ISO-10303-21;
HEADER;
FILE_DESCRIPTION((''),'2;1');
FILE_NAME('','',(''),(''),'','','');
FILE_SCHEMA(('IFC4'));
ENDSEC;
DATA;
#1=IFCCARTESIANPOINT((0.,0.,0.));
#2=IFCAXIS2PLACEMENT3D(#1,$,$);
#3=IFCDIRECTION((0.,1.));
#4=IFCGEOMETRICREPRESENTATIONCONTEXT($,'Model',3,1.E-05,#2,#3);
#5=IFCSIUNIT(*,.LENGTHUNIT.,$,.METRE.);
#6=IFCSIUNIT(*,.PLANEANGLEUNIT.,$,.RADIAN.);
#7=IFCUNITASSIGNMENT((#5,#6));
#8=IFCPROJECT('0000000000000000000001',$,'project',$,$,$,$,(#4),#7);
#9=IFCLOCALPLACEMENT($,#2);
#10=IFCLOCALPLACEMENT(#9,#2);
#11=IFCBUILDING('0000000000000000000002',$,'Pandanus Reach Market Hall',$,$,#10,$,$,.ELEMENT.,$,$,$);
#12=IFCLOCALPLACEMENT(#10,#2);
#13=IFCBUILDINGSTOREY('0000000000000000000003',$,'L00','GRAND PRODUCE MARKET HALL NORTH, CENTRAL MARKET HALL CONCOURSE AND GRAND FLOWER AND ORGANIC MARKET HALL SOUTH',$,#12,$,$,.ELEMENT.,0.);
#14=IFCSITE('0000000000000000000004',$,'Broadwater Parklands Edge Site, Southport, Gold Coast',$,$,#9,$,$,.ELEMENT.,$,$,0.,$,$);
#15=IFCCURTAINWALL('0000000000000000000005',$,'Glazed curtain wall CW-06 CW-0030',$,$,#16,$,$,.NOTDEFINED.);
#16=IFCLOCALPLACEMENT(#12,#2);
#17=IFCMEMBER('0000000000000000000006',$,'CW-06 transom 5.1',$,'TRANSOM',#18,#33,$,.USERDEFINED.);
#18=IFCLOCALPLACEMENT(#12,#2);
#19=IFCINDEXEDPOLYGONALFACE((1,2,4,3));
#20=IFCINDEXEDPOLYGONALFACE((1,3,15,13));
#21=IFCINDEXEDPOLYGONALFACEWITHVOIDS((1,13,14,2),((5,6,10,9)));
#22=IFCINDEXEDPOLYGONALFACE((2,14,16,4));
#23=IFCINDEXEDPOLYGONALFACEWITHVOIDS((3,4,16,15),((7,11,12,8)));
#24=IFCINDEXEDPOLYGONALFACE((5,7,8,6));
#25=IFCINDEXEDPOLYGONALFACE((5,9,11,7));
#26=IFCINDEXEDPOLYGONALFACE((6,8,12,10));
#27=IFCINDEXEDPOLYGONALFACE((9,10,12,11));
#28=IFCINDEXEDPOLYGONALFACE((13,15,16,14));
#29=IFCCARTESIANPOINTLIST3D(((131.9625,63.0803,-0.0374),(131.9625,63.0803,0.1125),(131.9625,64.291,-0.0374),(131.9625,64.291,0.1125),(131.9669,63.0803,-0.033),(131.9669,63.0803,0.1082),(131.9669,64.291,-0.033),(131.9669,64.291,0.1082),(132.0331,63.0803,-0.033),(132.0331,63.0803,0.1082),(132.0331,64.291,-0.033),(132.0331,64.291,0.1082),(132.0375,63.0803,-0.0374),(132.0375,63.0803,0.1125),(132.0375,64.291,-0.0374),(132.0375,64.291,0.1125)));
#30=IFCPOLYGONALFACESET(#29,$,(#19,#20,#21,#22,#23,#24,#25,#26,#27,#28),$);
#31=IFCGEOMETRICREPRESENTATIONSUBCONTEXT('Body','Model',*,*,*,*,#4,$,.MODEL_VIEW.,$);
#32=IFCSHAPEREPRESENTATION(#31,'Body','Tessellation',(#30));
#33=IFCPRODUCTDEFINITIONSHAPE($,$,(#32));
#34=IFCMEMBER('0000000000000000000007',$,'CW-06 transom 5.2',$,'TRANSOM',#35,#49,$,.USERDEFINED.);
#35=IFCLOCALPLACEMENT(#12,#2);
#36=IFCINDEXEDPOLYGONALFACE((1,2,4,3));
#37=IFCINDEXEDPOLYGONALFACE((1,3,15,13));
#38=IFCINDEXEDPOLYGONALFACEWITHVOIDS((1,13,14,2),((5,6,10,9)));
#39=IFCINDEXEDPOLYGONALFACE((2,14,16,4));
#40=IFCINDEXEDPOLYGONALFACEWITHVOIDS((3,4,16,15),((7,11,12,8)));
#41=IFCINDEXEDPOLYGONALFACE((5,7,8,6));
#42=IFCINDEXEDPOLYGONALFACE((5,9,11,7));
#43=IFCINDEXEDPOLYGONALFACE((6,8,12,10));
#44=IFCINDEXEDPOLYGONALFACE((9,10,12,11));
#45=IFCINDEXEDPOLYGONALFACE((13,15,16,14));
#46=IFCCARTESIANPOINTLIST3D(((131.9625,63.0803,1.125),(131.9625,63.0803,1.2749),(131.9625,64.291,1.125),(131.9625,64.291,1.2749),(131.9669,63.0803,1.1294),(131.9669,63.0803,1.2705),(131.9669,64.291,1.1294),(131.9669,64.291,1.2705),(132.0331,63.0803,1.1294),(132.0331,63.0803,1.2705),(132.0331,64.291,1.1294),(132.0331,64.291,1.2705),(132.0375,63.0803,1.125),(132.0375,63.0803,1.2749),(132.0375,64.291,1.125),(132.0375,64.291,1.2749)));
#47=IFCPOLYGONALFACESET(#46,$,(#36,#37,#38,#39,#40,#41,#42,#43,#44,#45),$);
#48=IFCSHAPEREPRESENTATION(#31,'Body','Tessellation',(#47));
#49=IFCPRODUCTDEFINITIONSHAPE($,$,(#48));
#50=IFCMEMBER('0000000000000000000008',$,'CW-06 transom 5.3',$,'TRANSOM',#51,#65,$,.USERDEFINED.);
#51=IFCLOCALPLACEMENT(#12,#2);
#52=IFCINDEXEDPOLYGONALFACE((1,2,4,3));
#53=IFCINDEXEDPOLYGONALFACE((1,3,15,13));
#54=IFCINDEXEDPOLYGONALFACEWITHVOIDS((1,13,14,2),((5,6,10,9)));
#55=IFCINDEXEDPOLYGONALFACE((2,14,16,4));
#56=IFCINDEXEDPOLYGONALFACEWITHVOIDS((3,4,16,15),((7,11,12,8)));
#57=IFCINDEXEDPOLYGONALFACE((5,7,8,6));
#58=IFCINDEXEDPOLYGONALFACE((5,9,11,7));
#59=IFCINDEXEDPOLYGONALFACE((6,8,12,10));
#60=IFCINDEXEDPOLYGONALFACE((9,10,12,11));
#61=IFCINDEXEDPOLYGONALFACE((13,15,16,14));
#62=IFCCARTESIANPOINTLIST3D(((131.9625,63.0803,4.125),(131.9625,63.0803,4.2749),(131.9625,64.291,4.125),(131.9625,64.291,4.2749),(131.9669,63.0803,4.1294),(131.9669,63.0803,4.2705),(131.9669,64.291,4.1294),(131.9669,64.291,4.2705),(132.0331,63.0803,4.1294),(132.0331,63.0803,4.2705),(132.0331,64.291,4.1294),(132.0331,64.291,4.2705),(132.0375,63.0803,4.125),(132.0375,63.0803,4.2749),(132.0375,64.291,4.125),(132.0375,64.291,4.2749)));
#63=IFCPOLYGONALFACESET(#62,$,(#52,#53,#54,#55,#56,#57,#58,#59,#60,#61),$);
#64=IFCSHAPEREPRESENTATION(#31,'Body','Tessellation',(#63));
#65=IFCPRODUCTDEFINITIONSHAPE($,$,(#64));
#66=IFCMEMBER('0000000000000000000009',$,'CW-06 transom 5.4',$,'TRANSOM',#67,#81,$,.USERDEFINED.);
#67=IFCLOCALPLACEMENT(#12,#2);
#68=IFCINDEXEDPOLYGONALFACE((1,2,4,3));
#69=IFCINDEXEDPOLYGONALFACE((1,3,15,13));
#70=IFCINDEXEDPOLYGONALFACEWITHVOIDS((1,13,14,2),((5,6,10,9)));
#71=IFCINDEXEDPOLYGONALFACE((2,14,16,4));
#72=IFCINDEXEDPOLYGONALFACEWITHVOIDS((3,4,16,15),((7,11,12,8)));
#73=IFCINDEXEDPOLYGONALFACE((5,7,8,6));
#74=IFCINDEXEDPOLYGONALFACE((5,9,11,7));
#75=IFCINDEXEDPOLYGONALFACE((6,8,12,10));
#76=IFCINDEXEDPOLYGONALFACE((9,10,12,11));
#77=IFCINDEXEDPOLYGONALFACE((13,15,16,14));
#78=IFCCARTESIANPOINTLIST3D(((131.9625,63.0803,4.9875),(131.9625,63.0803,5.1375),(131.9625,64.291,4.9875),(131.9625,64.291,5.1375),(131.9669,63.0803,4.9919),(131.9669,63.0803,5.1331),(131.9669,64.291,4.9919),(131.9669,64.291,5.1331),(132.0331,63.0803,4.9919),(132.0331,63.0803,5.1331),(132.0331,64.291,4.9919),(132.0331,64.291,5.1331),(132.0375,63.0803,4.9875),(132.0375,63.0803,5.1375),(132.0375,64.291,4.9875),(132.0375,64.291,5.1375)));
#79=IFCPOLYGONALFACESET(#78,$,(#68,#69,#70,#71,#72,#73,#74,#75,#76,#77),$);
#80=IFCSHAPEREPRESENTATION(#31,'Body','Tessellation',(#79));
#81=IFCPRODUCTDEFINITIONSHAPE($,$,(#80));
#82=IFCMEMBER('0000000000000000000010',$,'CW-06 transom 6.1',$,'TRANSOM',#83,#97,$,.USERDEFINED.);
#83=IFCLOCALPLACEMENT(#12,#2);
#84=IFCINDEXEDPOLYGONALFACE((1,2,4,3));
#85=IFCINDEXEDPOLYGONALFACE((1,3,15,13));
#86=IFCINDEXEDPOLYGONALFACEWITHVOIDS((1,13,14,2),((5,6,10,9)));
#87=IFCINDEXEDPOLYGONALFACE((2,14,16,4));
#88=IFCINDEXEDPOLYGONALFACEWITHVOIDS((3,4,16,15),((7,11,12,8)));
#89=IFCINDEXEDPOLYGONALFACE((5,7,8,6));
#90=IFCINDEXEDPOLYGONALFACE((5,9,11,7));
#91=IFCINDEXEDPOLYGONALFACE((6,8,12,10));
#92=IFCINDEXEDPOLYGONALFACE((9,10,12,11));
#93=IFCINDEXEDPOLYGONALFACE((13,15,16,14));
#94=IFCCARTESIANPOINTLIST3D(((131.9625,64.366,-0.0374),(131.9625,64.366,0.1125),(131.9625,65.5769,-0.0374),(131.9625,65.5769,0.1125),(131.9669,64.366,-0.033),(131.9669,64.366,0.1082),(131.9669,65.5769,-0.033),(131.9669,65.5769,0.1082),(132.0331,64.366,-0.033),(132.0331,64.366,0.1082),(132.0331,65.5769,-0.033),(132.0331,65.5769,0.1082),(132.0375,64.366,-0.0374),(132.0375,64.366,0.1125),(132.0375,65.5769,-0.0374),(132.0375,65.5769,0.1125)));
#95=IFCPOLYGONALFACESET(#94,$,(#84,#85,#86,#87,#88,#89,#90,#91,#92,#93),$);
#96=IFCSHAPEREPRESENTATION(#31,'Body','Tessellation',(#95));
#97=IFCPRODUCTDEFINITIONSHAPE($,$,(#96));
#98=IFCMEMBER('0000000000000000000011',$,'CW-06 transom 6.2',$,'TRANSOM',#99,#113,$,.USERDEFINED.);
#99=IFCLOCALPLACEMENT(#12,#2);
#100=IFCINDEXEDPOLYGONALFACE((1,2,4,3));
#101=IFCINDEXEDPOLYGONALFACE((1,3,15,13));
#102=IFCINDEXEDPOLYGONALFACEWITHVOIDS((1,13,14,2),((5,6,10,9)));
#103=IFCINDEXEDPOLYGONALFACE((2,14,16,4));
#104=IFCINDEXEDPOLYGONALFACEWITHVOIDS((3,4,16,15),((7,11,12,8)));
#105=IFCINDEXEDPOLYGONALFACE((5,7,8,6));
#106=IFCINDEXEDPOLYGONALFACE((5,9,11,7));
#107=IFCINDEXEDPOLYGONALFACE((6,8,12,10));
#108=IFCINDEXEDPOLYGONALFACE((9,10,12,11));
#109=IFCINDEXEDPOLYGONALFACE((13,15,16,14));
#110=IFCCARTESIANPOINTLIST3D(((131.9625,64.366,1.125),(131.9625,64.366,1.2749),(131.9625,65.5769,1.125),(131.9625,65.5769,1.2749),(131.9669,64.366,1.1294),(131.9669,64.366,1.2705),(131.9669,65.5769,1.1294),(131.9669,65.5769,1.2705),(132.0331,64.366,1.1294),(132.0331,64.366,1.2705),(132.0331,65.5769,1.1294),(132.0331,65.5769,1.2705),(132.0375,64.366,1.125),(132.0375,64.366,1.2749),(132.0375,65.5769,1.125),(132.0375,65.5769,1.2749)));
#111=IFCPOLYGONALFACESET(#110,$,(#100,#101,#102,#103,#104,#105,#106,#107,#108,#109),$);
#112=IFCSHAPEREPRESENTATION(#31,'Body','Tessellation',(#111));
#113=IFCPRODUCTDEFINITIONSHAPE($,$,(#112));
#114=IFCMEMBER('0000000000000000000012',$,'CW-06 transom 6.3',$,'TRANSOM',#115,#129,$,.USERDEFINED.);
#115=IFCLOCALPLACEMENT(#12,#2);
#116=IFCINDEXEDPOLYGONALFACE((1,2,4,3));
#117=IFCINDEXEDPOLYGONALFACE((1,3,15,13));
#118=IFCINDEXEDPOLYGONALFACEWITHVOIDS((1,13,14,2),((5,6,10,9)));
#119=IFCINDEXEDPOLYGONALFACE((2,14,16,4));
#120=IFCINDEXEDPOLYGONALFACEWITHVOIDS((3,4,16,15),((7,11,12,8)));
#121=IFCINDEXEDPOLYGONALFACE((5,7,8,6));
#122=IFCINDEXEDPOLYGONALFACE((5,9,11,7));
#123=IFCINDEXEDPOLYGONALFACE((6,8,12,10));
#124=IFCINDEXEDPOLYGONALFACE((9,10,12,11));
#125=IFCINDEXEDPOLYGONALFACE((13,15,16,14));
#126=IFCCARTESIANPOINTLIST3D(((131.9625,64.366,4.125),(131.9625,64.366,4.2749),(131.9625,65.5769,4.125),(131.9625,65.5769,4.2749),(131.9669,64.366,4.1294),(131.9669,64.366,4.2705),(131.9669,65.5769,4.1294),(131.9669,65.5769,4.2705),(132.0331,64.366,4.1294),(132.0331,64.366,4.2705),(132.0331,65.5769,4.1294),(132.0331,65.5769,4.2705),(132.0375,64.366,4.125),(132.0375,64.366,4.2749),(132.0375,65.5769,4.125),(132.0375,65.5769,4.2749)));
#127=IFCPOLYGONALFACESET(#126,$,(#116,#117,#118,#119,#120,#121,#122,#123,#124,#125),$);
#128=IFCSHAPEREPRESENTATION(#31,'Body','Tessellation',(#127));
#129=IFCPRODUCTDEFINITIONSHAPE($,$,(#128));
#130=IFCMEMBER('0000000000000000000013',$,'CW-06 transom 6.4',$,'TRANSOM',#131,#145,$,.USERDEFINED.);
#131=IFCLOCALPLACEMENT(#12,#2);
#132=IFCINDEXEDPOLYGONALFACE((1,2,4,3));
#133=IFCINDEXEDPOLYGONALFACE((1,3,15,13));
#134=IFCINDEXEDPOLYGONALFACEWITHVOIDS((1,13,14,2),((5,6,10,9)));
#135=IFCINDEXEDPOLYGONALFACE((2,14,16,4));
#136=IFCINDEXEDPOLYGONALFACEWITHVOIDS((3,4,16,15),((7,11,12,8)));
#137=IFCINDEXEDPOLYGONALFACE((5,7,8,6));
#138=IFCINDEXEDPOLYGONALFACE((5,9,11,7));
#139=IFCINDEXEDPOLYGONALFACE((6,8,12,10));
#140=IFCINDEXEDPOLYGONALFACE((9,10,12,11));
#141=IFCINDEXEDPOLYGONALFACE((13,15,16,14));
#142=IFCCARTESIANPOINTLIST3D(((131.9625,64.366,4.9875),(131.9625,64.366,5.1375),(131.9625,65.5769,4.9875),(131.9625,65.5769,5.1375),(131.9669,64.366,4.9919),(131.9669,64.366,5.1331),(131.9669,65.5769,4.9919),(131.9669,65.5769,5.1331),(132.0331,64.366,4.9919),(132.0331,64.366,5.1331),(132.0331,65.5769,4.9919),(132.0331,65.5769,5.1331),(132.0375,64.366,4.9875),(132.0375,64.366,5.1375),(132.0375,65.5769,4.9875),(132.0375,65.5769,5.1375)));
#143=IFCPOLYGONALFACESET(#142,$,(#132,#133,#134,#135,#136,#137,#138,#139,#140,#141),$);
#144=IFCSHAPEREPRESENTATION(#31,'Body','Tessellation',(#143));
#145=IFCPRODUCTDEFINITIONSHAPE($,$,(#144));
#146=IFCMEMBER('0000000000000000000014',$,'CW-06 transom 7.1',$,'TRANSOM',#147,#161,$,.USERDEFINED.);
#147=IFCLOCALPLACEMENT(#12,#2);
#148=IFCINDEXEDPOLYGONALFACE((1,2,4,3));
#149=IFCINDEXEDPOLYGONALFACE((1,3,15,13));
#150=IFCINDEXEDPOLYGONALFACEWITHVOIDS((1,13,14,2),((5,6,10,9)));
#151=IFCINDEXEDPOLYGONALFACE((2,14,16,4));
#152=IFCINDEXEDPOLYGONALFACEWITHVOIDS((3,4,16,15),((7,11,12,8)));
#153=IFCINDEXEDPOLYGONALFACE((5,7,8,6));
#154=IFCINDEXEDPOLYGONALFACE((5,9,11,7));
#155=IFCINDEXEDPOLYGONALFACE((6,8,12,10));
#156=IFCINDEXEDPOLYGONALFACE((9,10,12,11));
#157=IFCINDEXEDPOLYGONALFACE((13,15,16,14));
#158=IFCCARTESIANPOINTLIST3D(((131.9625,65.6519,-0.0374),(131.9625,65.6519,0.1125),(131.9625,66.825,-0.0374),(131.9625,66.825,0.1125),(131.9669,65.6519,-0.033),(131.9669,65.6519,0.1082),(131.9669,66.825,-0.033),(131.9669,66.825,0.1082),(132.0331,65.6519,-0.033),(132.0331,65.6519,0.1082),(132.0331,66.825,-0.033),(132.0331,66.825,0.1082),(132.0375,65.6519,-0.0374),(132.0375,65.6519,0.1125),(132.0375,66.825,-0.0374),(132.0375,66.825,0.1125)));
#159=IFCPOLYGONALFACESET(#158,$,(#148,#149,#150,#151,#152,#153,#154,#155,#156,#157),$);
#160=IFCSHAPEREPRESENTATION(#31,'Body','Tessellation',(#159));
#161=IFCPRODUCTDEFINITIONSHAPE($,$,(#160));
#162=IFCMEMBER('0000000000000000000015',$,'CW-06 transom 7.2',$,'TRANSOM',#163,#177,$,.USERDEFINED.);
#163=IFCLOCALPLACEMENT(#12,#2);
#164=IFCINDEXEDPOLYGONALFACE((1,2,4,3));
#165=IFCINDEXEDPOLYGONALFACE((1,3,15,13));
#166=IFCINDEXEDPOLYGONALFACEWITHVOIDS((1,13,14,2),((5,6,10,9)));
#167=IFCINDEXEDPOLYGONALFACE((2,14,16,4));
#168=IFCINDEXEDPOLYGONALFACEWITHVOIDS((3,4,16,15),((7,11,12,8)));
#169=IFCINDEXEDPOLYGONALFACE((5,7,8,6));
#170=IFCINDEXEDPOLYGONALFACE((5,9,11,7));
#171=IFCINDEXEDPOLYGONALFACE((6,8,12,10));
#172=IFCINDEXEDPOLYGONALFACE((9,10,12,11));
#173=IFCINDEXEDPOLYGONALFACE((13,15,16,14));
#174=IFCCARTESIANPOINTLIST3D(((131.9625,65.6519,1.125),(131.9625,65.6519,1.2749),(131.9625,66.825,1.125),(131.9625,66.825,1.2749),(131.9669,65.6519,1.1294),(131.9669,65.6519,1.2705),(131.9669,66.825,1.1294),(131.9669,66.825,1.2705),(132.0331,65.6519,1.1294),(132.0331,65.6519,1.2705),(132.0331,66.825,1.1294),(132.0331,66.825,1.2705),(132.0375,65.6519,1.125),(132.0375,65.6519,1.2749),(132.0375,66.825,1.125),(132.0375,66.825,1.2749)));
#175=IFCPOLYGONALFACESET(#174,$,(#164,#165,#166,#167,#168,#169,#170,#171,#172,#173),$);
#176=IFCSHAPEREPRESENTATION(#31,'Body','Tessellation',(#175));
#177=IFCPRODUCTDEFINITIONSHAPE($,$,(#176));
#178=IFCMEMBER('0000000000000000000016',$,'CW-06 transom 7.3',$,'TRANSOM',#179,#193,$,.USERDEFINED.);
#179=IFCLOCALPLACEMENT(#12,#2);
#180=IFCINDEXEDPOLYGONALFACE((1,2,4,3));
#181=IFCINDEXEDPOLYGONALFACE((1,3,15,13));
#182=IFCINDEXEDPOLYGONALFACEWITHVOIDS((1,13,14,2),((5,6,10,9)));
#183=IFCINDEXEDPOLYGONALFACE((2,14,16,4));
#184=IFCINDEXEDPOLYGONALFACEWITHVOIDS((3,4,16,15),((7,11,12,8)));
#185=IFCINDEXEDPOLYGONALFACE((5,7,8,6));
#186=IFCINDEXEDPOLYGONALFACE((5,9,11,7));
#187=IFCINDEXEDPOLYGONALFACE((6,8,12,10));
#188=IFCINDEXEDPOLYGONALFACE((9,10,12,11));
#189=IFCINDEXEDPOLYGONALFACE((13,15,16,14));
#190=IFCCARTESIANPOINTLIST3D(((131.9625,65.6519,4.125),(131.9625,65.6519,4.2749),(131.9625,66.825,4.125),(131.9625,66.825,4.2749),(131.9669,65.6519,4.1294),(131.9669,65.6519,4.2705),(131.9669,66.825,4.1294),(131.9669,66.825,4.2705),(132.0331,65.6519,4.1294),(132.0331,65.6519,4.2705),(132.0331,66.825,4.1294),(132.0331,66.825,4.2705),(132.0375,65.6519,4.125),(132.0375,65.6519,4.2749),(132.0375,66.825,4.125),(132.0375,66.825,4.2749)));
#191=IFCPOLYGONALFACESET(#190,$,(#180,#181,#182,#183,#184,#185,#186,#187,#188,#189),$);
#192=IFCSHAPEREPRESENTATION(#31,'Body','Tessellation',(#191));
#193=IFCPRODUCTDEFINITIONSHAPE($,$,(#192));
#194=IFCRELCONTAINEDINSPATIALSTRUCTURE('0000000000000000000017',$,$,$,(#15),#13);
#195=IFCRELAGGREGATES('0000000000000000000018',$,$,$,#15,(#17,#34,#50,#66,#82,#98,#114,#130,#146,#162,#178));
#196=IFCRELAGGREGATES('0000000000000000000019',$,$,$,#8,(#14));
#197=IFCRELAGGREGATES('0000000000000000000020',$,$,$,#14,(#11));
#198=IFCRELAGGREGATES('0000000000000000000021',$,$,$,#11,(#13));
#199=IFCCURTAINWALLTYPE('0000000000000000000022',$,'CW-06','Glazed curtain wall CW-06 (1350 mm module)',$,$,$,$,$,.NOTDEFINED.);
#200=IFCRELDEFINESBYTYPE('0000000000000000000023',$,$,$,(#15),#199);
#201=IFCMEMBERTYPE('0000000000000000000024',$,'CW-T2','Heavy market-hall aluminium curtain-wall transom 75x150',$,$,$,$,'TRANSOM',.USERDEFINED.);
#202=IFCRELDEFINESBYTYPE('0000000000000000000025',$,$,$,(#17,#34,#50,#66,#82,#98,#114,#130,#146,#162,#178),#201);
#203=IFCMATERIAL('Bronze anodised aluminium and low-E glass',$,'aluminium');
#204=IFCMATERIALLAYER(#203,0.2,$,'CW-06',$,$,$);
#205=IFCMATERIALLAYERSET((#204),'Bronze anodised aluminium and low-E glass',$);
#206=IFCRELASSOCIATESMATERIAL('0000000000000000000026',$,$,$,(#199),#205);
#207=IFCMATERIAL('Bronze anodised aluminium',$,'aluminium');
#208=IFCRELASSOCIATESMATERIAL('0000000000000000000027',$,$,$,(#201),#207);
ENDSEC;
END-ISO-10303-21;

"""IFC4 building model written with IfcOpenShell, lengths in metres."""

from ifc_helpers import new_model, si_unit, direction, frame, origin, origin_2d, place, context, subcontext, project, spatial, hollow_rectangle, extrude, material, layer, layer_set, material_profile, profile_set, type_object, element, aggregate, save


model = new_model("IFC4")

# Units and contexts
model_context = context("Model", 3, precision=1e-05, world=origin(), true_north=direction((0.0, 1.0)))
body_context = subcontext(model_context, "Body", "Model", "MODEL_VIEW")
ifc_project = project(units=[si_unit("LENGTHUNIT", "METRE"), si_unit("PLANEANGLEUNIT", "RADIAN")], contexts=[model_context])

# Site, building, storey
site_placement = place(None, origin())
site = spatial("IfcSite", under=ifc_project, at=site_placement, Name="Broadwater Parklands Edge Site, Southport, Gold Coast", CompositionType="ELEMENT", RefElevation=0.0)
building_placement = place(site_placement, origin())
building = spatial("IfcBuilding", under=site, at=building_placement, Name="Pandanus Reach Market Hall", CompositionType="ELEMENT")
storey_placement = place(building_placement, origin())
storey = spatial("IfcBuildingStorey", under=building, at=storey_placement, Name="L00", Description="GRAND PRODUCE MARKET HALL NORTH, CENTRAL MARKET HALL CONCOURSE AND GRAND FLOWER AND ORGANIC MARKET HALL SOUTH", CompositionType="ELEMENT", Elevation=0.0)

# Curtain wall, members
ifc_material_1 = material(Name="Bronze anodised aluminium and low-E glass", Category="aluminium")
ifc_layer_1 = layer(ifc_material_1, 0.2, Name="CW-06")
ifc_layer_set_1 = layer_set([ifc_layer_1], Name="Bronze anodised aluminium and low-E glass")
curtain_wall_type = type_object("IfcCurtainWallType", Name="CW-06", Description="Glazed curtain wall CW-06 (1350 mm module)", PredefinedType="NOTDEFINED", material=ifc_layer_set_1)
curtain_wall_placement = place(storey_placement, origin())
curtain_wall = element("IfcCurtainWall", 1, at=curtain_wall_placement, inside=storey, type_object=curtain_wall_type, Name="Glazed curtain wall CW-06 CW-0030", PredefinedType="NOTDEFINED")
ifc_material_2 = material(Name="Bronze anodised aluminium", Category="aluminium")
ifc_material_profile_1 = material_profile(ifc_material_2, hollow_rectangle(XDim=0.075, YDim=0.1499, WallThickness=0.0044, at=origin_2d()), Name="ALU75x150", Category="LoadBearing")
ifc_profile_set_1 = profile_set([ifc_material_profile_1], Name="Bronze anodised aluminium")
member_type_1 = type_object("IfcMemberType", Name="CW-T2", Description="Heavy market-hall aluminium curtain-wall transom 75x150", ElementType="TRANSOM", PredefinedType="USERDEFINED", material=ifc_profile_set_1)
member_1_placement = place(storey_placement, frame((132.0, 63.0803, 0.0376), z_axis=(0.0, 1.0, 0.0), x_axis=(-1.0, 0.0, 0.0)))
member_1 = element("IfcMember", 2, at=member_1_placement, type_object=member_type_1, Name="CW-06 transom 5.1", ObjectType="TRANSOM", PredefinedType="USERDEFINED", context=body_context, shape_type="SweptSolid", body=[
    extrude(hollow_rectangle(XDim=0.075, YDim=0.1499, WallThickness=0.0044, at=origin_2d()), origin(), (0.0, 0.0, 1.0), 1.2107),
])
member_2_placement = place(storey_placement, frame((132.0, 63.0803, 1.2), z_axis=(0.0, 1.0, 0.0), x_axis=(-1.0, 0.0, 0.0)))
member_2 = element("IfcMember", 3, at=member_2_placement, type_object=member_type_1, Name="CW-06 transom 5.2", ObjectType="TRANSOM", PredefinedType="USERDEFINED", context=body_context, shape_type="SweptSolid", body=[
    extrude(hollow_rectangle(XDim=0.075, YDim=0.1499, WallThickness=0.0044, at=origin_2d()), origin(), (0.0, 0.0, 1.0), 1.2107),
])
member_3_placement = place(storey_placement, frame((132.0, 63.0803, 4.2), z_axis=(0.0, 1.0, 0.0), x_axis=(-1.0, 0.0, 0.0)))
member_3 = element("IfcMember", 4, at=member_3_placement, type_object=member_type_1, Name="CW-06 transom 5.3", ObjectType="TRANSOM", PredefinedType="USERDEFINED", context=body_context, shape_type="SweptSolid", body=[
    extrude(hollow_rectangle(XDim=0.075, YDim=0.1499, WallThickness=0.0044, at=origin_2d()), origin(), (0.0, 0.0, 1.0), 1.2107),
])
member_4_placement = place(storey_placement, frame((132.0, 63.0803, 5.0625), z_axis=(0.0, 1.0, 0.0), x_axis=(-1.0, 0.0, 0.0)))
member_4 = element("IfcMember", 5, at=member_4_placement, type_object=member_type_1, Name="CW-06 transom 5.4", ObjectType="TRANSOM", PredefinedType="USERDEFINED", context=body_context, shape_type="SweptSolid", body=[
    extrude(hollow_rectangle(XDim=0.075, YDim=0.1499, WallThickness=0.0044, at=origin_2d()), origin(), (0.0, 0.0, 1.0), 1.2107),
])
member_5_placement = place(storey_placement, frame((132.0, 64.366, 0.0376), z_axis=(0.0, 1.0, 0.0), x_axis=(-1.0, 0.0, 0.0)))
member_5 = element("IfcMember", 6, at=member_5_placement, type_object=member_type_1, Name="CW-06 transom 6.1", ObjectType="TRANSOM", PredefinedType="USERDEFINED", context=body_context, shape_type="SweptSolid", body=[
    extrude(hollow_rectangle(XDim=0.075, YDim=0.1499, WallThickness=0.0044, at=origin_2d()), origin(), (0.0, 0.0, 1.0), 1.2109),
])
member_6_placement = place(storey_placement, frame((132.0, 64.366, 1.2), z_axis=(0.0, 1.0, 0.0), x_axis=(-1.0, 0.0, 0.0)))
member_6 = element("IfcMember", 7, at=member_6_placement, type_object=member_type_1, Name="CW-06 transom 6.2", ObjectType="TRANSOM", PredefinedType="USERDEFINED", context=body_context, shape_type="SweptSolid", body=[
    extrude(hollow_rectangle(XDim=0.075, YDim=0.1499, WallThickness=0.0044, at=origin_2d()), origin(), (0.0, 0.0, 1.0), 1.2109),
])
member_7_placement = place(storey_placement, frame((132.0, 64.366, 4.2), z_axis=(0.0, 1.0, 0.0), x_axis=(-1.0, 0.0, 0.0)))
member_7 = element("IfcMember", 8, at=member_7_placement, type_object=member_type_1, Name="CW-06 transom 6.3", ObjectType="TRANSOM", PredefinedType="USERDEFINED", context=body_context, shape_type="SweptSolid", body=[
    extrude(hollow_rectangle(XDim=0.075, YDim=0.1499, WallThickness=0.0044, at=origin_2d()), origin(), (0.0, 0.0, 1.0), 1.2109),
])
member_8_placement = place(storey_placement, frame((132.0, 64.366, 5.0625), z_axis=(0.0, 1.0, 0.0), x_axis=(-1.0, 0.0, 0.0)))
member_8 = element("IfcMember", 9, at=member_8_placement, type_object=member_type_1, Name="CW-06 transom 6.4", ObjectType="TRANSOM", PredefinedType="USERDEFINED", context=body_context, shape_type="SweptSolid", body=[
    extrude(hollow_rectangle(XDim=0.075, YDim=0.1499, WallThickness=0.0044, at=origin_2d()), origin(), (0.0, 0.0, 1.0), 1.2109),
])
member_9_placement = place(storey_placement, frame((132.0, 65.6519, 0.0376), z_axis=(0.0, 1.0, 0.0), x_axis=(-1.0, 0.0, 0.0)))
member_9 = element("IfcMember", 10, at=member_9_placement, type_object=member_type_1, Name="CW-06 transom 7.1", ObjectType="TRANSOM", PredefinedType="USERDEFINED", context=body_context, shape_type="SweptSolid", body=[
    extrude(hollow_rectangle(XDim=0.075, YDim=0.1499, WallThickness=0.0044, at=origin_2d()), origin(), (0.0, 0.0, 1.0), 1.1731),
])
member_10_placement = place(storey_placement, frame((132.0, 65.6519, 1.2), z_axis=(0.0, 1.0, 0.0), x_axis=(-1.0, 0.0, 0.0)))
member_10 = element("IfcMember", 11, at=member_10_placement, type_object=member_type_1, Name="CW-06 transom 7.2", ObjectType="TRANSOM", PredefinedType="USERDEFINED", context=body_context, shape_type="SweptSolid", body=[
    extrude(hollow_rectangle(XDim=0.075, YDim=0.1499, WallThickness=0.0044, at=origin_2d()), origin(), (0.0, 0.0, 1.0), 1.1731),
])
member_11_placement = place(storey_placement, frame((132.0, 65.6519, 4.2), z_axis=(0.0, 1.0, 0.0), x_axis=(-1.0, 0.0, 0.0)))
member_11 = element("IfcMember", 12, at=member_11_placement, type_object=member_type_1, Name="CW-06 transom 7.3", ObjectType="TRANSOM", PredefinedType="USERDEFINED", context=body_context, shape_type="SweptSolid", body=[
    extrude(hollow_rectangle(XDim=0.075, YDim=0.1499, WallThickness=0.0044, at=origin_2d()), origin(), (0.0, 0.0, 1.0), 1.1731),
])
aggregate(curtain_wall, [member_1, member_2, member_3, member_4, member_5, member_6, member_7, member_8, member_9, member_10, member_11])

save(model, "model.ifc")
